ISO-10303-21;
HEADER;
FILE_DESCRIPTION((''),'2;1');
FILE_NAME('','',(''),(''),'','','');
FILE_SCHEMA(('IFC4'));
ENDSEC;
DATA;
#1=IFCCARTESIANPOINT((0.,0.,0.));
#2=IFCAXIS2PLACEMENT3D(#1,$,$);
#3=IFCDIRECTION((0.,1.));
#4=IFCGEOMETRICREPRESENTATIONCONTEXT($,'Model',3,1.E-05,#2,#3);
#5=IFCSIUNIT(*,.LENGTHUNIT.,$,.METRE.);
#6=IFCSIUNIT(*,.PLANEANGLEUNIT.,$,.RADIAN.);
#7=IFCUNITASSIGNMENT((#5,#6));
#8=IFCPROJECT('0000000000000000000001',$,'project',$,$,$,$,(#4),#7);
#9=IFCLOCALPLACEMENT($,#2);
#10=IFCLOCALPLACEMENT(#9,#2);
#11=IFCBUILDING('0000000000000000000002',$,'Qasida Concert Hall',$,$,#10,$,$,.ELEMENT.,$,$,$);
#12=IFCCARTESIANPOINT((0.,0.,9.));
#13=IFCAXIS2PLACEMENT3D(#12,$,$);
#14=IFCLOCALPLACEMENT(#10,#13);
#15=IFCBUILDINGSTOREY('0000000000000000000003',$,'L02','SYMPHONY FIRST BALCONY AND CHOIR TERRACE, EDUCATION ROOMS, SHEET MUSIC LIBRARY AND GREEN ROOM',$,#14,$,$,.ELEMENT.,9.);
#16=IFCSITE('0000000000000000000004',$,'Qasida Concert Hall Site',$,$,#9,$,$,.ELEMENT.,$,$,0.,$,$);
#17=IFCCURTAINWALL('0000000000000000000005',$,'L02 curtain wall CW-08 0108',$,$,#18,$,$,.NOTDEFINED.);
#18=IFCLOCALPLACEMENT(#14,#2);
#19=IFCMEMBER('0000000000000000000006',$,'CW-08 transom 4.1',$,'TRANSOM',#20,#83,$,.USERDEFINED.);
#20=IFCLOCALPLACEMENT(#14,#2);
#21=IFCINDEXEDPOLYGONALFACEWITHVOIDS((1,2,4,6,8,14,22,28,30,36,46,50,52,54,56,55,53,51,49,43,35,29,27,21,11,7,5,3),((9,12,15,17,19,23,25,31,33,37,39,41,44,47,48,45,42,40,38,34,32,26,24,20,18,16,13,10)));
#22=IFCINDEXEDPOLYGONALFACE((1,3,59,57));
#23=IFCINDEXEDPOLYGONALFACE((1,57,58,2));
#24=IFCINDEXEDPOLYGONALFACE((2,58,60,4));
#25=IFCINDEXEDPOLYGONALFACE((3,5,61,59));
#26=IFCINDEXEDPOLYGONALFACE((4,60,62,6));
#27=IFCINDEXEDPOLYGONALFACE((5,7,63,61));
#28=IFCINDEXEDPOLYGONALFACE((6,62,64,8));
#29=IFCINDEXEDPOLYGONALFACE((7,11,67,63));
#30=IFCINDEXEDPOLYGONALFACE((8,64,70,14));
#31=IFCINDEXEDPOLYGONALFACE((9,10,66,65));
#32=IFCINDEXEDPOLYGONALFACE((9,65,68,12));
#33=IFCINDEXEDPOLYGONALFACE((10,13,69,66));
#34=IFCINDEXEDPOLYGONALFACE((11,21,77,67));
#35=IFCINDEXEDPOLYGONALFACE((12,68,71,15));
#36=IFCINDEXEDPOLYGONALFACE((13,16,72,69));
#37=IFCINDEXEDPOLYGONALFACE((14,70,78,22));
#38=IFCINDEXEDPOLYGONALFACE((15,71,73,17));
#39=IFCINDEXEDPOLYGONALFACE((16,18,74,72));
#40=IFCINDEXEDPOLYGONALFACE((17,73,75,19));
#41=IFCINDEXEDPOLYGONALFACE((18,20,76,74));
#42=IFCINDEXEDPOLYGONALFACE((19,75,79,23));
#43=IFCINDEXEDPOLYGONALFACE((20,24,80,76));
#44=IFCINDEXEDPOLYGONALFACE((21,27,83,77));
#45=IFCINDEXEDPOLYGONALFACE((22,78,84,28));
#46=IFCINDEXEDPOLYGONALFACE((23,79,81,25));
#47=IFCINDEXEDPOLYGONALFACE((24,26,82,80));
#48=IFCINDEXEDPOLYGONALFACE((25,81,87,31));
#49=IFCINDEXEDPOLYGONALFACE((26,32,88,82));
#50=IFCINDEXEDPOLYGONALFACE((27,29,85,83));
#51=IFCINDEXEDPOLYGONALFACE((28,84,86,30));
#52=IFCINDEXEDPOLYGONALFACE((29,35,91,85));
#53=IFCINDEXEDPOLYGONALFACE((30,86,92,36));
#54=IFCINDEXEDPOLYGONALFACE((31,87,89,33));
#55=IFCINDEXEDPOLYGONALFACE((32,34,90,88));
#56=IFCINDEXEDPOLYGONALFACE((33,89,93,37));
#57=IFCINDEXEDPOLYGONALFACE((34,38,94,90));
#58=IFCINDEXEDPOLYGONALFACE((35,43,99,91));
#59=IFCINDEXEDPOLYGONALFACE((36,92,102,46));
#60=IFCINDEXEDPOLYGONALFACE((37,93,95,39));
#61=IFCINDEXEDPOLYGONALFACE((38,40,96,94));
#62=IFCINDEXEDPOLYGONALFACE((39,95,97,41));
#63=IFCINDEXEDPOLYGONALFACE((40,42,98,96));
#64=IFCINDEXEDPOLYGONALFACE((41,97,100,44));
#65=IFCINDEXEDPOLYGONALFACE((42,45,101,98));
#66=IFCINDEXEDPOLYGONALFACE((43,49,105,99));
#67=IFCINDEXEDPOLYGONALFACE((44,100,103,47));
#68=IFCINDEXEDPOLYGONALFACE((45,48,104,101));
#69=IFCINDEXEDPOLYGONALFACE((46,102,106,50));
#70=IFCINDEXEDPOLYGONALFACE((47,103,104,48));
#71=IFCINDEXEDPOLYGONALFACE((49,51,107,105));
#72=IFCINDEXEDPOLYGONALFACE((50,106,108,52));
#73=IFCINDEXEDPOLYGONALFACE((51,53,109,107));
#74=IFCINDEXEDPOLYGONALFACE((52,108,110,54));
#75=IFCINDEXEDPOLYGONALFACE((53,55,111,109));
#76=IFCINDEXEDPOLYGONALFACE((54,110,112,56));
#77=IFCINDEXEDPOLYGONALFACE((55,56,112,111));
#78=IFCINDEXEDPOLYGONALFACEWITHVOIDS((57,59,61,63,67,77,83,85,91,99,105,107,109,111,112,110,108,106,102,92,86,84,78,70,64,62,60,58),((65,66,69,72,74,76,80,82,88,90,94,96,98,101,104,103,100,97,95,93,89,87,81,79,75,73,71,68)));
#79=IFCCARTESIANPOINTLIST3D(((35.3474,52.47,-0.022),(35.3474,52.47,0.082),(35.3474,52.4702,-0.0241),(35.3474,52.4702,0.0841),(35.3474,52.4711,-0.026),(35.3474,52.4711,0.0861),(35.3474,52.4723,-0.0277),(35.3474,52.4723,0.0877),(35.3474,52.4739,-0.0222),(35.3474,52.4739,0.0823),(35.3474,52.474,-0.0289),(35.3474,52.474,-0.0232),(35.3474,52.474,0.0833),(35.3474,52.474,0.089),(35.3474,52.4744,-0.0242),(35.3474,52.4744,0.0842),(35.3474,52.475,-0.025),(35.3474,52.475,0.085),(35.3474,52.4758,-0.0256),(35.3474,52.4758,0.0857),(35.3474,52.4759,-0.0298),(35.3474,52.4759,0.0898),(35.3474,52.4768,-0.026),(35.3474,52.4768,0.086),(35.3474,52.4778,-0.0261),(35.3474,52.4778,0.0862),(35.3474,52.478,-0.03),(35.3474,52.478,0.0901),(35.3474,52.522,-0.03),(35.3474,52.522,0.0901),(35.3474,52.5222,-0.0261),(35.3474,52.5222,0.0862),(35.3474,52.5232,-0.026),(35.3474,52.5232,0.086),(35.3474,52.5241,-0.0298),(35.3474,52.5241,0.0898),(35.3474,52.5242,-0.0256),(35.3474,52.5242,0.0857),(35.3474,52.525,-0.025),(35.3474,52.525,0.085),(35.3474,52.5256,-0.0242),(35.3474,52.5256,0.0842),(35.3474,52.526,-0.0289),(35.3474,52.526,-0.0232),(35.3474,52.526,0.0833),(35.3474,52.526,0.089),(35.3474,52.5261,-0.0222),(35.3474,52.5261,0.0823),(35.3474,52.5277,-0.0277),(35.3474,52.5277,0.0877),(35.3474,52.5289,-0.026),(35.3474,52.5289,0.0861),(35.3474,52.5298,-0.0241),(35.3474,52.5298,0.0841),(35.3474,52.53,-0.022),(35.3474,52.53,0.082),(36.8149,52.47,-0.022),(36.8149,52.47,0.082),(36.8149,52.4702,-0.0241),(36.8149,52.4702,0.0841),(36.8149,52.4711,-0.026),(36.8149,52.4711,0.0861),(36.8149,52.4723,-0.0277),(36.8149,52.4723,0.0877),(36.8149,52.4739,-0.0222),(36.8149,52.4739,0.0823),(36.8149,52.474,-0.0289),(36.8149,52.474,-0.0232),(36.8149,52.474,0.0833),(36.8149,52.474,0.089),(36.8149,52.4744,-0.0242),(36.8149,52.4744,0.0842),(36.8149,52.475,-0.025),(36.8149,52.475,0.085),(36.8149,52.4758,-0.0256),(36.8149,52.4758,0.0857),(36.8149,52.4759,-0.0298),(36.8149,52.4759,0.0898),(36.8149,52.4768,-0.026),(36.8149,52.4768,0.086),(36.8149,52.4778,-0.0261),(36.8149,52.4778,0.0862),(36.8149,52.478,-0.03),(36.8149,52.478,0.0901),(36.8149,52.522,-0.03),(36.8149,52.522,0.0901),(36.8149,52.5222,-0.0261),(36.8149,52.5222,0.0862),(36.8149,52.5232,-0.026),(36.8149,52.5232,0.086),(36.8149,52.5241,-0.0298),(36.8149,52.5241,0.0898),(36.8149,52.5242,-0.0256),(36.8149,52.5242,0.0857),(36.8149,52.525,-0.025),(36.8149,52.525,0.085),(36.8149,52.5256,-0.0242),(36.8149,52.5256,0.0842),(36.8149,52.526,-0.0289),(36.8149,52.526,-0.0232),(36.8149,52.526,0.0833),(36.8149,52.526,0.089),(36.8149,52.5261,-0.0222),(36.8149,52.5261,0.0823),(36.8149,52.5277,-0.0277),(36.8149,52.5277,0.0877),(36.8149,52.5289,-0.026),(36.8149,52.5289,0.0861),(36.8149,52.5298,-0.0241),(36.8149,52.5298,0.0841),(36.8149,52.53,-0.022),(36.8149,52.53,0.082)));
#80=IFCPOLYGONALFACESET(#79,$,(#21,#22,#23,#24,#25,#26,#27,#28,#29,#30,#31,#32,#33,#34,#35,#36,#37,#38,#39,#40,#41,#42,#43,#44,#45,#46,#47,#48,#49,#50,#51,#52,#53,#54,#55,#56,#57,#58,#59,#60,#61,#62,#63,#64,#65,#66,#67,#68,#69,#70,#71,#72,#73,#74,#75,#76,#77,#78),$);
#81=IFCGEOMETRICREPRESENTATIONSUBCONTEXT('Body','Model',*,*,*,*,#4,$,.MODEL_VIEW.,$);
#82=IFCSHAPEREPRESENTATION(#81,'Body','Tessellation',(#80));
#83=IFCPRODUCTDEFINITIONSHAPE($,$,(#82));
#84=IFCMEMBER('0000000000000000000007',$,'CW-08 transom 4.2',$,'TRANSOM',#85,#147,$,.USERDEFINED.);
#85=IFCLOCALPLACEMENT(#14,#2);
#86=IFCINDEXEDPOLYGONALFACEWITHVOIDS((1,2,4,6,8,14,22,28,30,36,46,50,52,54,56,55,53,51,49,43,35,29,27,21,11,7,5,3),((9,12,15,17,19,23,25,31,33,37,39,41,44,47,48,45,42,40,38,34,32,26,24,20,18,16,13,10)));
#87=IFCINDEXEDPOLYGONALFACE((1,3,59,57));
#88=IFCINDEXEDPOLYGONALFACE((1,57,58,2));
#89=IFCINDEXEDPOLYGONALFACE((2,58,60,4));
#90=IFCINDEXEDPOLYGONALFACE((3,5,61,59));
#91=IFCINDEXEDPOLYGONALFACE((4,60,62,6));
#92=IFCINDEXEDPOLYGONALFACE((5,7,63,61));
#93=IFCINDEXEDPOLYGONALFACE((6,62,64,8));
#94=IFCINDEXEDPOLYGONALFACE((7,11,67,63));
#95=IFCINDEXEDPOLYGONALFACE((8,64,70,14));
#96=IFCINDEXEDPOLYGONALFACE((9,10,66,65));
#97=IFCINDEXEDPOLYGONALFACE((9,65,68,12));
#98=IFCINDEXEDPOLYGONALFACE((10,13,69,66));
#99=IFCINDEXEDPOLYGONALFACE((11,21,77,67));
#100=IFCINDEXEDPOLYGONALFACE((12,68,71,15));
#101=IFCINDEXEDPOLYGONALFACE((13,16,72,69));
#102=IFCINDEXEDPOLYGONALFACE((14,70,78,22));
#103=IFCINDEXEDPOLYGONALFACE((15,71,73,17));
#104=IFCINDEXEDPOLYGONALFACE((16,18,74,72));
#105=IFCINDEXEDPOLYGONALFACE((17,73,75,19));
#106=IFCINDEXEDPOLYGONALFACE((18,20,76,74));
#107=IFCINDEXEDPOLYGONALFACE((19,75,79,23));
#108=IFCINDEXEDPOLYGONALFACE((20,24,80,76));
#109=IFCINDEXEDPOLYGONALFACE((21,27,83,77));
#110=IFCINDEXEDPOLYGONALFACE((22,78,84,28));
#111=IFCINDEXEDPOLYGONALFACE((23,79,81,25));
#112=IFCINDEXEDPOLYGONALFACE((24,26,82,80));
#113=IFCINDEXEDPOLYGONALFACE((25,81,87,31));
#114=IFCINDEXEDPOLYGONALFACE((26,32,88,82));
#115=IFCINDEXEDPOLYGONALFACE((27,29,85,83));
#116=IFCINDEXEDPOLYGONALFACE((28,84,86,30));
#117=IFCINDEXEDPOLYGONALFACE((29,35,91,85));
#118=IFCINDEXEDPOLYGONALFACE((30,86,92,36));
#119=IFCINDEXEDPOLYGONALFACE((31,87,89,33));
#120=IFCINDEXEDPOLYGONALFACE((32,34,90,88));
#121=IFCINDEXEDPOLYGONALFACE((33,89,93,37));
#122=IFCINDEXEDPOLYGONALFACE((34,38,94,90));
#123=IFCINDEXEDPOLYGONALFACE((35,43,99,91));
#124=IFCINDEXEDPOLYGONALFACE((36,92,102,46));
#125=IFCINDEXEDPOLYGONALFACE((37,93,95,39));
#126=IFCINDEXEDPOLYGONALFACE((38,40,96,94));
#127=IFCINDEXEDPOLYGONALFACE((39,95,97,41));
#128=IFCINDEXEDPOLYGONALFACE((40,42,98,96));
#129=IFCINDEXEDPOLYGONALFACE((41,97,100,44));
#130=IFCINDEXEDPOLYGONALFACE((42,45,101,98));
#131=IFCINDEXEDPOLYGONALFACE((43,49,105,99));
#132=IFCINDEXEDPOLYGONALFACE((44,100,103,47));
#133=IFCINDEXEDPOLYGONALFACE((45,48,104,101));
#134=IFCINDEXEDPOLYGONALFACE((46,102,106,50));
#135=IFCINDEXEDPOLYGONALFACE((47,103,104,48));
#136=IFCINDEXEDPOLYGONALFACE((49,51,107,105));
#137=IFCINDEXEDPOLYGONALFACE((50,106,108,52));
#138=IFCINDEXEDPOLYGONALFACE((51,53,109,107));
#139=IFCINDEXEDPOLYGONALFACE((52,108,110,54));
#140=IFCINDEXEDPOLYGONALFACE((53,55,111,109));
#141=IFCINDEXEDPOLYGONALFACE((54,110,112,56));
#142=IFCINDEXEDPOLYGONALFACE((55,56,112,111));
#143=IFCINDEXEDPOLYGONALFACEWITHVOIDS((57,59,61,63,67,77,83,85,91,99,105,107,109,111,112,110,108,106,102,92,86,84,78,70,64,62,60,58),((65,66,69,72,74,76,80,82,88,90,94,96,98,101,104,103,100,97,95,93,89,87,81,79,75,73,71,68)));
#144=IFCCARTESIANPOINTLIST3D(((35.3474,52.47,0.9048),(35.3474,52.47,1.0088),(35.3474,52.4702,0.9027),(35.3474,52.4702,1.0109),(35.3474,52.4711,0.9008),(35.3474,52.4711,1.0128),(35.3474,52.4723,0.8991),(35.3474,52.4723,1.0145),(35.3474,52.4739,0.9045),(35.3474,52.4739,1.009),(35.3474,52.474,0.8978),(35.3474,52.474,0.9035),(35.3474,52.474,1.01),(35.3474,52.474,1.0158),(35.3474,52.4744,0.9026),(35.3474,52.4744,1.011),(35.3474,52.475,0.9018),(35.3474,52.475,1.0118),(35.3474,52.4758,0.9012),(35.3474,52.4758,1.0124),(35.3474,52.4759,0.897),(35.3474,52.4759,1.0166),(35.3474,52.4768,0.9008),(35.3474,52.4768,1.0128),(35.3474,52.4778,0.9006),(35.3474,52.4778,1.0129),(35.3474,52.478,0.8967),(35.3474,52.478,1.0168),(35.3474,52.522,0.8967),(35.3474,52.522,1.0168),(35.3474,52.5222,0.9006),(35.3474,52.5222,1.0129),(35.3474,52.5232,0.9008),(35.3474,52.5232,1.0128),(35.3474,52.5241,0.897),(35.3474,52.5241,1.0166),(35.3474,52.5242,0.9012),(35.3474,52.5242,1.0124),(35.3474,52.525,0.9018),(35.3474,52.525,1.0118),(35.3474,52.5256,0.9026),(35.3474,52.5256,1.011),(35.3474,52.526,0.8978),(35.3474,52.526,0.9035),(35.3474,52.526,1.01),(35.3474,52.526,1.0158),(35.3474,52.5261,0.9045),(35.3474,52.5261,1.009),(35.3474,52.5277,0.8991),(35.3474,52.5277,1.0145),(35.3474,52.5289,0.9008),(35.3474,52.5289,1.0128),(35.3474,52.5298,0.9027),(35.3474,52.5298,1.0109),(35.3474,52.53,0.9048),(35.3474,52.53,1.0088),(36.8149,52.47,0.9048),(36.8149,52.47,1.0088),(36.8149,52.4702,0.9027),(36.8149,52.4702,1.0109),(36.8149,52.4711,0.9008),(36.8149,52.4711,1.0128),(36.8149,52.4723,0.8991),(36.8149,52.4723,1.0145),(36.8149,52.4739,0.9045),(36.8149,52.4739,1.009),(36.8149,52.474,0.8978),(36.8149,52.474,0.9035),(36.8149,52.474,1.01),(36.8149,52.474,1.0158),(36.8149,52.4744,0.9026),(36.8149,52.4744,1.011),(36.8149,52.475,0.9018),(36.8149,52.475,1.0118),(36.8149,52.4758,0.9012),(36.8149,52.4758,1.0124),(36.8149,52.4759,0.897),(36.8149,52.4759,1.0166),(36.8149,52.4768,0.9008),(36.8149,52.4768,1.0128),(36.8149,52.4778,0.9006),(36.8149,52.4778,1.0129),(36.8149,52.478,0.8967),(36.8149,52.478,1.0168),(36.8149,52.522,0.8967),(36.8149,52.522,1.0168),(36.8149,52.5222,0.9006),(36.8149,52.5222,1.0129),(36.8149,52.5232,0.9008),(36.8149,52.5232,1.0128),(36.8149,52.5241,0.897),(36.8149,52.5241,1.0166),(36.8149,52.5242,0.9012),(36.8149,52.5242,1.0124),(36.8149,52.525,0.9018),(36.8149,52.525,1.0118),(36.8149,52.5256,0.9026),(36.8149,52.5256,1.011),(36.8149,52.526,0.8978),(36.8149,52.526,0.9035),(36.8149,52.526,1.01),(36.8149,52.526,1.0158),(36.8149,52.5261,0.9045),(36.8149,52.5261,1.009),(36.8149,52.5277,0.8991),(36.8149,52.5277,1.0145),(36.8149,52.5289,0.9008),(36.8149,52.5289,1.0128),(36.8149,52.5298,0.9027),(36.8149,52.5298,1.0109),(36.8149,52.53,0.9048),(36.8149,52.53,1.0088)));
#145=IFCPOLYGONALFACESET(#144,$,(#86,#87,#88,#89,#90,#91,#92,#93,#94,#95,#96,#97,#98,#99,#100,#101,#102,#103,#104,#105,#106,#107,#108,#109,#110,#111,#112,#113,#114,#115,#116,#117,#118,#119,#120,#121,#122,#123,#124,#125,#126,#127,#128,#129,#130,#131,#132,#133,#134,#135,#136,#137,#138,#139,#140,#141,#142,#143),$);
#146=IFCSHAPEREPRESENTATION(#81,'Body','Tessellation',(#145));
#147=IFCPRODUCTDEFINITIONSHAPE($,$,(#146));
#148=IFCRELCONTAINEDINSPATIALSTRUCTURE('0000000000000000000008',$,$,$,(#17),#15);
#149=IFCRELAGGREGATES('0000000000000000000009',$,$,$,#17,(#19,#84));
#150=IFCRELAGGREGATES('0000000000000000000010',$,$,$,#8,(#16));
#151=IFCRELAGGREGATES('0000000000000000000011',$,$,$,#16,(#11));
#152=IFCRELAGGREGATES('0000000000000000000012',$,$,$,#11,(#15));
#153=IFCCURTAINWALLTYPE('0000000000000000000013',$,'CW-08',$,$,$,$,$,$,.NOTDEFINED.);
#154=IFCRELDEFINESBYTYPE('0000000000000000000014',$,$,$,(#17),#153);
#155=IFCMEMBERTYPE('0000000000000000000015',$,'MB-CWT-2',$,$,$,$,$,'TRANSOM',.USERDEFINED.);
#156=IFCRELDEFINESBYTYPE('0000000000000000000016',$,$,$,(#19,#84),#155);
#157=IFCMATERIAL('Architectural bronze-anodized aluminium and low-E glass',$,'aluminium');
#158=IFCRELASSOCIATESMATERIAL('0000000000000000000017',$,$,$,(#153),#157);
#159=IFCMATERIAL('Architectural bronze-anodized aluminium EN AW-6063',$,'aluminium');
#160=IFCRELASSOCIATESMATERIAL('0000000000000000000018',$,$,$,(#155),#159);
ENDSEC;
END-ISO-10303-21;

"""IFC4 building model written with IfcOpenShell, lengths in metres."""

from ifc_helpers import new_model, si_unit, direction, frame, origin, origin_2d, place, context, subcontext, project, spatial, hollow_rectangle, extrude, material, material_profile, profile_set, type_object, element, aggregate, save


model = new_model("IFC4")

# Units and contexts
model_context = context("Model", 3, precision=1e-05, world=origin(), true_north=direction((0.0, 1.0)))
body_context = subcontext(model_context, "Body", "Model", "MODEL_VIEW")
ifc_project = project(units=[si_unit("LENGTHUNIT", "METRE"), si_unit("PLANEANGLEUNIT", "RADIAN")], contexts=[model_context])

# Site, building, storey
site_placement = place(None, origin())
site = spatial("IfcSite", under=ifc_project, at=site_placement, Name="Qasida Concert Hall Site", CompositionType="ELEMENT", RefElevation=0.0)
building_placement = place(site_placement, origin())
building = spatial("IfcBuilding", under=site, at=building_placement, Name="Qasida Concert Hall", CompositionType="ELEMENT")
storey_placement = place(building_placement, frame((0.0, 0.0, 9.0)))
storey = spatial("IfcBuildingStorey", under=building, at=storey_placement, Name="L02", Description="SYMPHONY FIRST BALCONY AND CHOIR TERRACE, EDUCATION ROOMS, SHEET MUSIC LIBRARY AND GREEN ROOM", CompositionType="ELEMENT", Elevation=9.0)

# Curtain wall, members
ifc_material_1 = material(Name="Architectural bronze-anodized aluminium and low-E glass", Category="aluminium")
curtain_wall_type = type_object("IfcCurtainWallType", Name="CW-08", PredefinedType="NOTDEFINED", material=ifc_material_1)
curtain_wall_placement = place(storey_placement, origin())
curtain_wall = element("IfcCurtainWall", 1, at=curtain_wall_placement, inside=storey, type_object=curtain_wall_type, Name="L02 curtain wall CW-08 0108", PredefinedType="NOTDEFINED")
ifc_material_2 = material(Name="Architectural bronze-anodized aluminium EN AW-6063", Category="aluminium")
ifc_material_profile_1 = material_profile(ifc_material_2, hollow_rectangle(XDim=0.0601, YDim=0.1201, WallThickness=0.0039, InnerFilletRadius=0.0039, OuterFilletRadius=0.0081, at=origin_2d()), Name="CWT 120x60x4")
ifc_profile_set_1 = profile_set([ifc_material_profile_1], Name="Architectural bronze-anodized aluminium EN AW-6063")
member_type_1 = type_object("IfcMemberType", Name="MB-CWT-2", ElementType="TRANSOM", PredefinedType="USERDEFINED", material=ifc_profile_set_1)
member_1_placement = place(storey_placement, frame((35.3474, 52.5, 0.03), z_axis=(1.0, 0.0, 0.0), x_axis=(0.0, 1.0, 0.0)))
member_1 = element("IfcMember", 2, at=member_1_placement, type_object=member_type_1, Name="CW-08 transom 4.1", ObjectType="TRANSOM", PredefinedType="USERDEFINED", context=body_context, shape_type="SweptSolid", body=[
    extrude(hollow_rectangle(XDim=0.0601, YDim=0.1201, WallThickness=0.0039, InnerFilletRadius=0.0039, OuterFilletRadius=0.0081, at=origin_2d()), origin(), (0.0, 0.0, 1.0), 1.4675),
])
member_2_placement = place(storey_placement, frame((35.3474, 52.5, 0.9568), z_axis=(1.0, 0.0, 0.0), x_axis=(0.0, 1.0, 0.0)))
member_2 = element("IfcMember", 3, at=member_2_placement, type_object=member_type_1, Name="CW-08 transom 4.2", ObjectType="TRANSOM", PredefinedType="USERDEFINED", context=body_context, shape_type="SweptSolid", body=[
    extrude(hollow_rectangle(XDim=0.0601, YDim=0.1201, WallThickness=0.0039, InnerFilletRadius=0.0039, OuterFilletRadius=0.0081, at=origin_2d()), origin(), (0.0, 0.0, 1.0), 1.4675),
])
aggregate(curtain_wall, [member_1, member_2])

save(model, "model.ifc")
